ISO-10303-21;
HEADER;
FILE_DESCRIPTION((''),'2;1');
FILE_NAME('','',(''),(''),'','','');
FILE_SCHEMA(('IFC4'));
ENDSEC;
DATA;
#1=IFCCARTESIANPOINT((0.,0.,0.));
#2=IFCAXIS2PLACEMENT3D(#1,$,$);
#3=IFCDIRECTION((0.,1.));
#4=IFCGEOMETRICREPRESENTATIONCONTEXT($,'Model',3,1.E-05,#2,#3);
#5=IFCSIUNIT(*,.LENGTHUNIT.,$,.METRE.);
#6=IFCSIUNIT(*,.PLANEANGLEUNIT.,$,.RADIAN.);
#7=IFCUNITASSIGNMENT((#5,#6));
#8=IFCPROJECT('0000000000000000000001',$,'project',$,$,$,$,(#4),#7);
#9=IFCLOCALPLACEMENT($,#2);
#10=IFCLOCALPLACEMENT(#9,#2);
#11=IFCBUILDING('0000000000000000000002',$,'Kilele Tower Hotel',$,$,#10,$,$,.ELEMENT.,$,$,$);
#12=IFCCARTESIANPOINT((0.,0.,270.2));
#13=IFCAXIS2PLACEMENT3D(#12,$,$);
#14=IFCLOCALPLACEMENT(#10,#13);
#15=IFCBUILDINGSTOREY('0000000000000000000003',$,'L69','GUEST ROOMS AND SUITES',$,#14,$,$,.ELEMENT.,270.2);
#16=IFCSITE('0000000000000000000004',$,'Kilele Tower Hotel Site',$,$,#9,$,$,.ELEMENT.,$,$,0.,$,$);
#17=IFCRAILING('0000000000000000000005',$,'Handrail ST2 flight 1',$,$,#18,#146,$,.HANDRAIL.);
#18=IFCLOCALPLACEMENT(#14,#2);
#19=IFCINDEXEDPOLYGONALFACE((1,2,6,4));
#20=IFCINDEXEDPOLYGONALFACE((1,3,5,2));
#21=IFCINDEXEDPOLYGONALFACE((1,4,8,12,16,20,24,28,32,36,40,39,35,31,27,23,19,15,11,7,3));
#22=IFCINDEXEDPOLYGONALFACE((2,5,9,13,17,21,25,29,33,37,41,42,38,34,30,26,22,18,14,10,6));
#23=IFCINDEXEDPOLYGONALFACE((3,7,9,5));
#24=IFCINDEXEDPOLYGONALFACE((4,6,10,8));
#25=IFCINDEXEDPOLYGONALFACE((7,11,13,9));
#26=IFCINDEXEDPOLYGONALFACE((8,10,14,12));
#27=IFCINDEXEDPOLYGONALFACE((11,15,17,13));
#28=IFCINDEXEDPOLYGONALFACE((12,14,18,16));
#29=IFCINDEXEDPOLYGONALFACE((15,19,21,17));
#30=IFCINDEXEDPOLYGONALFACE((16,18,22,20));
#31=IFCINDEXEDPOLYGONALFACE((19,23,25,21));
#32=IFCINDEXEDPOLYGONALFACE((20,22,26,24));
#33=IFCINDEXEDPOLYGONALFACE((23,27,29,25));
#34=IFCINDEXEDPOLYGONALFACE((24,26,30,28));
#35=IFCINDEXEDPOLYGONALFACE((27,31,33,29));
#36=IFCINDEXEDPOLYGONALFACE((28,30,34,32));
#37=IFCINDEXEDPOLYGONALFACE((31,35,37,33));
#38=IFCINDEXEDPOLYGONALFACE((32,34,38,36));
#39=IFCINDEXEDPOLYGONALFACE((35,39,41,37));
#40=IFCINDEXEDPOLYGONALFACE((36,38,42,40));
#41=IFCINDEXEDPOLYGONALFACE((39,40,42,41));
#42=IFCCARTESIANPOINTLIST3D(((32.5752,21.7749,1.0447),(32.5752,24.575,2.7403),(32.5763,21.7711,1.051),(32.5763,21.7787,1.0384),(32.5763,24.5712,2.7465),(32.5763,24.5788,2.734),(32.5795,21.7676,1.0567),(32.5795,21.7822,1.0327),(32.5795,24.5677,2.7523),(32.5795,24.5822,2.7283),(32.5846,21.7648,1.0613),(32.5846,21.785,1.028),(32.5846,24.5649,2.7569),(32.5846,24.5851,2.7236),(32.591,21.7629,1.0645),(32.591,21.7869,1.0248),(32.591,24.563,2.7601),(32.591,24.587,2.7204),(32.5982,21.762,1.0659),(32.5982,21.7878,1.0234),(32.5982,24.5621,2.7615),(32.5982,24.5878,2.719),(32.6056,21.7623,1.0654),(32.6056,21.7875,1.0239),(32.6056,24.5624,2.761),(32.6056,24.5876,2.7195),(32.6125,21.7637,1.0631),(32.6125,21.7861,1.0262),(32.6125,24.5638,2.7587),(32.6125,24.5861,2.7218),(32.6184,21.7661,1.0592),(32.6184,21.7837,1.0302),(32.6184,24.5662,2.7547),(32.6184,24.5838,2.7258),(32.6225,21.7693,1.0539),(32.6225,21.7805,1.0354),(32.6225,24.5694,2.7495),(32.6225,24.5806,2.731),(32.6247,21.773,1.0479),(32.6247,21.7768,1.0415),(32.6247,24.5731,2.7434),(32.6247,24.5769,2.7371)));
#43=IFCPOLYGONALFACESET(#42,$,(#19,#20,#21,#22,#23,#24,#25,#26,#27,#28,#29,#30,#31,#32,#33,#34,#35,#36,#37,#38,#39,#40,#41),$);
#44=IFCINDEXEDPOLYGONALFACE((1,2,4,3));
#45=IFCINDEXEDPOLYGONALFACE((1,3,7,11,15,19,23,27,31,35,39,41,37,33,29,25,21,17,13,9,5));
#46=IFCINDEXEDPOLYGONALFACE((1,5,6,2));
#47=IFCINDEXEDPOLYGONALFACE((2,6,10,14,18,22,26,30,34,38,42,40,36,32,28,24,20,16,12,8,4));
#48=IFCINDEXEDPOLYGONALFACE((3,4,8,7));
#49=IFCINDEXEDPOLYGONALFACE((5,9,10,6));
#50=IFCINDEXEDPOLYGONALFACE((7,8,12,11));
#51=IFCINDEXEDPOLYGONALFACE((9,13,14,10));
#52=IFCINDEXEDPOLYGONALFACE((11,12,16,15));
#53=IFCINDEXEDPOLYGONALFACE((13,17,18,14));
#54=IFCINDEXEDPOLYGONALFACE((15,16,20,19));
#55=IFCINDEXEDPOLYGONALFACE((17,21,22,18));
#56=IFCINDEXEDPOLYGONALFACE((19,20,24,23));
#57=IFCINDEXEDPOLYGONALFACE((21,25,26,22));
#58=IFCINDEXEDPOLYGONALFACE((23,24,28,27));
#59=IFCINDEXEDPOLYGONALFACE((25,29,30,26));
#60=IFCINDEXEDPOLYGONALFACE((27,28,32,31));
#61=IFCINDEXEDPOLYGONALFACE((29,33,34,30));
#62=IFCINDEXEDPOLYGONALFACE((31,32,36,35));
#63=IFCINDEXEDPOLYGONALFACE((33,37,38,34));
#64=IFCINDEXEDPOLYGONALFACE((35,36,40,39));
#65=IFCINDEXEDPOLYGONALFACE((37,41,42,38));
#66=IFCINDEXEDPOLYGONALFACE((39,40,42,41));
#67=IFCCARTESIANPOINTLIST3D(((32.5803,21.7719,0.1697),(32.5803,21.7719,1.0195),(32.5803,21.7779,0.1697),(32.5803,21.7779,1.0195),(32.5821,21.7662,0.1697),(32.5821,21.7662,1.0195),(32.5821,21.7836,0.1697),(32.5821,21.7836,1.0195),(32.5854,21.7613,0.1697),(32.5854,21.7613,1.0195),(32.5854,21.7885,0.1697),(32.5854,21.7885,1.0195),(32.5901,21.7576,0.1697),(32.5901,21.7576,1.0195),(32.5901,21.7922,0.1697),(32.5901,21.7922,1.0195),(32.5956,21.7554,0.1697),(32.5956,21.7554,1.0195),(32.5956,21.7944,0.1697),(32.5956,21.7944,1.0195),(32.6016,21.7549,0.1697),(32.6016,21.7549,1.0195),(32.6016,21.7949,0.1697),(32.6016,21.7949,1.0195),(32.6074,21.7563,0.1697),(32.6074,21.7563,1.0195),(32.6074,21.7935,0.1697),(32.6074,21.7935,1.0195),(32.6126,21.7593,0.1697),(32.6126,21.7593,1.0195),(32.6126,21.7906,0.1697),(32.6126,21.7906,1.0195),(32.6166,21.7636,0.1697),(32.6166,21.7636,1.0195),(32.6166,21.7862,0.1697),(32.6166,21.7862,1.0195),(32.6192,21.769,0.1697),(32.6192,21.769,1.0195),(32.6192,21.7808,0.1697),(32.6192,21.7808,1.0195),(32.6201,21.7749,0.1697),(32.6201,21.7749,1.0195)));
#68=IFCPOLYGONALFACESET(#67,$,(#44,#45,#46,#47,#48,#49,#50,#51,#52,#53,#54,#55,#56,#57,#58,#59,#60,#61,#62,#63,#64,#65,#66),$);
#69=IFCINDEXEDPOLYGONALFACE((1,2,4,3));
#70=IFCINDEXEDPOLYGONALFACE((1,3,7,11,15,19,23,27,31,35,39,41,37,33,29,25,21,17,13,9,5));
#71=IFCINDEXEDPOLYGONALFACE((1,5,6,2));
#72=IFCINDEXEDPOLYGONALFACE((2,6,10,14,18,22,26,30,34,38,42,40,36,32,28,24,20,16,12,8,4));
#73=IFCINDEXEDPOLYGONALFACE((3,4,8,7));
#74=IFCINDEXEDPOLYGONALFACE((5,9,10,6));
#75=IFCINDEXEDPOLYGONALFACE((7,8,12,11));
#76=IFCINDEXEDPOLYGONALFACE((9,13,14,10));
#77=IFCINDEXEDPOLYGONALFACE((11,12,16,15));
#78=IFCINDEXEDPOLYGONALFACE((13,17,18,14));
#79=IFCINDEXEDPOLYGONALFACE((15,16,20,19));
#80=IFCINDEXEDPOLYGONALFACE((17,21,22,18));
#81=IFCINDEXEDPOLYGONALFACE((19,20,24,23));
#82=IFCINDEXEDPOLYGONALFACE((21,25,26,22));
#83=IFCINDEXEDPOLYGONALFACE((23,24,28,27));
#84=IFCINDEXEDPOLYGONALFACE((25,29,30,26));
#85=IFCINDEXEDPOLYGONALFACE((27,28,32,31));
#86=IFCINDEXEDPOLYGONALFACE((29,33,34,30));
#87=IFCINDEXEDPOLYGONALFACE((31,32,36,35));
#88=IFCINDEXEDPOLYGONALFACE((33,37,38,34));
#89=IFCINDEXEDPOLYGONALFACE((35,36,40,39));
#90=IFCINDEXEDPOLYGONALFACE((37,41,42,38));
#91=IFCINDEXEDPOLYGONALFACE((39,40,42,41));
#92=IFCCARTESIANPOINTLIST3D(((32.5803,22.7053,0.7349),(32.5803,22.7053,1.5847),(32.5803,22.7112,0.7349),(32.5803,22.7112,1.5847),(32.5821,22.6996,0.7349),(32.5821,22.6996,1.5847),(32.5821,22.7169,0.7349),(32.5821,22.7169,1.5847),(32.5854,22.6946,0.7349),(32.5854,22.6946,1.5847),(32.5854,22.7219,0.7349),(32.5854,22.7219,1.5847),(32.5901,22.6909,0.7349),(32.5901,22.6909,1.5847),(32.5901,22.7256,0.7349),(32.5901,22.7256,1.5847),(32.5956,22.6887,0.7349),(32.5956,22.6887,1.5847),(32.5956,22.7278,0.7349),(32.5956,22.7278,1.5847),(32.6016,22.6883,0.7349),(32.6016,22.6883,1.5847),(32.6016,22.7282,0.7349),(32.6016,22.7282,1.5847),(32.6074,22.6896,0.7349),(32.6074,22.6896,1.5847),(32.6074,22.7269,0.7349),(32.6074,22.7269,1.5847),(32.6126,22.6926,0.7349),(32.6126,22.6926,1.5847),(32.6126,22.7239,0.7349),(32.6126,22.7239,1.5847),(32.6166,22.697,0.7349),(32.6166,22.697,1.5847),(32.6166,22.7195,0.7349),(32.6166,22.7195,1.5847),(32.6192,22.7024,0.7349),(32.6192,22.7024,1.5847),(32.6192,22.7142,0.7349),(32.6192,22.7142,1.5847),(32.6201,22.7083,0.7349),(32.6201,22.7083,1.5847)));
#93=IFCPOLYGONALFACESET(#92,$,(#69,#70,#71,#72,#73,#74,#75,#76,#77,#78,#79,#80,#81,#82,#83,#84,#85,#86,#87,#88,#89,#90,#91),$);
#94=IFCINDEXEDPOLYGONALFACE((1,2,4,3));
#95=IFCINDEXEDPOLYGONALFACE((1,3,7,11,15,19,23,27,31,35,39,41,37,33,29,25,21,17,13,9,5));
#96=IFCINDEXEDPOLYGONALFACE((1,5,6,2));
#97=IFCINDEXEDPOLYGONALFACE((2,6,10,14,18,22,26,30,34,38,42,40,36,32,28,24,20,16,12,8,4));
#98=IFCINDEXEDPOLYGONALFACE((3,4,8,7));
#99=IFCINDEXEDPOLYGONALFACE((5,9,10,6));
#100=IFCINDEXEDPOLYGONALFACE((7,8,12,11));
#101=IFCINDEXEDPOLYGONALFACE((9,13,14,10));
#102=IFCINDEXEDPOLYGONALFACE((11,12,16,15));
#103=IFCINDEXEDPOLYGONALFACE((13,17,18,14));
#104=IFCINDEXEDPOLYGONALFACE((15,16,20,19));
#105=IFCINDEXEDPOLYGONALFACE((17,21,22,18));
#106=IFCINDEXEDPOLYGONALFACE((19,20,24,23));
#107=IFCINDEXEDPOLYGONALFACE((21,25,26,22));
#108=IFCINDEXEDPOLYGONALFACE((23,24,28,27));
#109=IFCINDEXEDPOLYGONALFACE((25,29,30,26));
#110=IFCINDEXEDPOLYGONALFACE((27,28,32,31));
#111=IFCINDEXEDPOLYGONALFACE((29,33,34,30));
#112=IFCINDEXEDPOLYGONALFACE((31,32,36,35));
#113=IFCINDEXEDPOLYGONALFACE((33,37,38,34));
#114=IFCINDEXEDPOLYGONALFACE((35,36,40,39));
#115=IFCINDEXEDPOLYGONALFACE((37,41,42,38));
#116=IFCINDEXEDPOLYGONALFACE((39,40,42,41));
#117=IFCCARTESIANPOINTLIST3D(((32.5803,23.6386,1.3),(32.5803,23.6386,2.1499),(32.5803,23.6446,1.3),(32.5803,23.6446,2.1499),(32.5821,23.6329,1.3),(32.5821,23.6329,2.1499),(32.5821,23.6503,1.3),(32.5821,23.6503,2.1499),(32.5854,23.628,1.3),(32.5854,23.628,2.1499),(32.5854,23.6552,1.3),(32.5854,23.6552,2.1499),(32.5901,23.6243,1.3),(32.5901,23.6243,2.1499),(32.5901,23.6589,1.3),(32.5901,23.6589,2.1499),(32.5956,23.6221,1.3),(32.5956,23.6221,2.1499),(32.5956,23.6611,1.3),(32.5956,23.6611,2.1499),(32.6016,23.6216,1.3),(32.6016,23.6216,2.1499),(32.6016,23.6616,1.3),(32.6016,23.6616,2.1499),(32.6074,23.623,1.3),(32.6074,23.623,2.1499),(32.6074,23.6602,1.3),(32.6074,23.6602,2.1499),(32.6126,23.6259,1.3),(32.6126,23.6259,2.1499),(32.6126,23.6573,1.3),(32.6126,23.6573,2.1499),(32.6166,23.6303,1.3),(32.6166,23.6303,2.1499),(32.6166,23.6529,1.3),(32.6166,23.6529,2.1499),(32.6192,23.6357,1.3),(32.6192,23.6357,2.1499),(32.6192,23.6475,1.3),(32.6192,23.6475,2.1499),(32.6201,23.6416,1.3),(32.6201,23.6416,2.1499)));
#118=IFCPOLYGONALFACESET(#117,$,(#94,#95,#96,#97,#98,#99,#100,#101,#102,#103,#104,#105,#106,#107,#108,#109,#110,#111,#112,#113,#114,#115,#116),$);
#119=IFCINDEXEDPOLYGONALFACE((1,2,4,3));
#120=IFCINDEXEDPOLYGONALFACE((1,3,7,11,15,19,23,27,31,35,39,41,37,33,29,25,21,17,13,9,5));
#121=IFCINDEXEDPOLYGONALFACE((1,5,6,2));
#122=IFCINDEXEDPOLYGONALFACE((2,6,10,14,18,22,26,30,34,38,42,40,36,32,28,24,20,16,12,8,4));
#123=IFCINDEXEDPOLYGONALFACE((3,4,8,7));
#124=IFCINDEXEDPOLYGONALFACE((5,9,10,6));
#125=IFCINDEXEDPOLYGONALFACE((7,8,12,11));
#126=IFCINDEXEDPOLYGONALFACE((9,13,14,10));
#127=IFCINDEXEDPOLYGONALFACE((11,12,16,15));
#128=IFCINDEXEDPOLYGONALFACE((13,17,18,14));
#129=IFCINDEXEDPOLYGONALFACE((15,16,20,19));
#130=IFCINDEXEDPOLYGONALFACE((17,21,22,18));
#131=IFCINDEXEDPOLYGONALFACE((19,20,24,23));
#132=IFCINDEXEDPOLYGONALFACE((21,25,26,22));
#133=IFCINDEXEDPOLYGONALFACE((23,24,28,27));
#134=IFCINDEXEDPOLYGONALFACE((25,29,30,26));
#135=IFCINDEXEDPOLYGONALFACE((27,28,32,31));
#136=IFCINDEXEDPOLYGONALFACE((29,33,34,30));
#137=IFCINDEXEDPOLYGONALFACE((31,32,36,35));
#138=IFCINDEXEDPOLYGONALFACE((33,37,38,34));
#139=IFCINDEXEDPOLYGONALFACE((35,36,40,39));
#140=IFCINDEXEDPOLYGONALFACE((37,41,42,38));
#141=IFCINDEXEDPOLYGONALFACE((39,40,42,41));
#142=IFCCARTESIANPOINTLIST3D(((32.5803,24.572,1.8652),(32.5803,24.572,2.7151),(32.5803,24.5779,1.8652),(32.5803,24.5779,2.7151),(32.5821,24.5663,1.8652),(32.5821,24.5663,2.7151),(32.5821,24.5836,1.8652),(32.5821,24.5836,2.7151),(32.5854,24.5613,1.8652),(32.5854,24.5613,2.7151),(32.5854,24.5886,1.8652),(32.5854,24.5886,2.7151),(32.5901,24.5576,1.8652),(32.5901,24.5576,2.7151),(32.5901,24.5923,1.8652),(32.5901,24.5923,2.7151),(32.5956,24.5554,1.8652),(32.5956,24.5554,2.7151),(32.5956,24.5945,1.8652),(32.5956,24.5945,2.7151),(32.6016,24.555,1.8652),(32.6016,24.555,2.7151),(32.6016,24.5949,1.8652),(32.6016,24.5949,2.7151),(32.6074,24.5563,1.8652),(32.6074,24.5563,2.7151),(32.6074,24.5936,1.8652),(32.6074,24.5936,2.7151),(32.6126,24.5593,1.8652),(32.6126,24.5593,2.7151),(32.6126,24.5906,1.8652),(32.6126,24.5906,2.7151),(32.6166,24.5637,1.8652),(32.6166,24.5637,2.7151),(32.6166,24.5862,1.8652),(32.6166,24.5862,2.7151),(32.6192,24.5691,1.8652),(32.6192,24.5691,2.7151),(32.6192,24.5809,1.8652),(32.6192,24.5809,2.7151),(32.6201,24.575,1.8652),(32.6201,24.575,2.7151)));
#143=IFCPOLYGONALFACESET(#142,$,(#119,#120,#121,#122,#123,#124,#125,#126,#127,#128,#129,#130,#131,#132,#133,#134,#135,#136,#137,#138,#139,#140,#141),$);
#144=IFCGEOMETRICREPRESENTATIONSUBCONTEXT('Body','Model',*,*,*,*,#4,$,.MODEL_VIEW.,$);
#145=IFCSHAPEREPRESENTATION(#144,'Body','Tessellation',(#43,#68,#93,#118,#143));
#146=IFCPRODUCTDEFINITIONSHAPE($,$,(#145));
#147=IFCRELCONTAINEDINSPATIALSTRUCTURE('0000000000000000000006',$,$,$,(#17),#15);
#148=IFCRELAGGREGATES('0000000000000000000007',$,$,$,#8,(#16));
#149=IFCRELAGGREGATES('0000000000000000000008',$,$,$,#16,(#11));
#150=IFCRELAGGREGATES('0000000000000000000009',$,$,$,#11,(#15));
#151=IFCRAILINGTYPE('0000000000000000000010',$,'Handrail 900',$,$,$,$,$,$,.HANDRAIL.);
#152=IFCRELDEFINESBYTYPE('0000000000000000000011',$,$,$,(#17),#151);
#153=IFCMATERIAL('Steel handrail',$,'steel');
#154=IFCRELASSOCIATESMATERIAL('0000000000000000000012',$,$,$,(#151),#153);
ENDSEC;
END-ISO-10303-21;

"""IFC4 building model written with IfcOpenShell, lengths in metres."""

from ifc_helpers import new_model, si_unit, direction, frame, origin, origin_2d, place, context, subcontext, project, spatial, circle, extrude, material, type_object, element, save


model = new_model("IFC4")

# Units and contexts
model_context = context("Model", 3, precision=1e-05, world=origin(), true_north=direction((0.0, 1.0)))
body_context = subcontext(model_context, "Body", "Model", "MODEL_VIEW")
ifc_project = project(units=[si_unit("LENGTHUNIT", "METRE"), si_unit("PLANEANGLEUNIT", "RADIAN")], contexts=[model_context])

# Site, building, storey
site_placement = place(None, origin())
site = spatial("IfcSite", under=ifc_project, at=site_placement, Name="Kilele Tower Hotel Site", CompositionType="ELEMENT", RefElevation=0.0)
building_placement = place(site_placement, origin())
building = spatial("IfcBuilding", under=site, at=building_placement, Name="Kilele Tower Hotel", CompositionType="ELEMENT")
storey_placement = place(building_placement, frame((0.0, 0.0, 270.2)))
storey = spatial("IfcBuildingStorey", under=building, at=storey_placement, Name="L69", Description="GUEST ROOMS AND SUITES", CompositionType="ELEMENT", Elevation=270.2)

# Railing
ifc_material_1 = material(Name="Steel handrail", Category="steel")
railing_type_1 = type_object("IfcRailingType", Name="Handrail 900", PredefinedType="HANDRAIL", material=ifc_material_1)
for number, where, name in (
    (1, (32.6001, 21.7749, 0.1697), "Handrail ST2 flight 1"),
):
    element("IfcRailing", number, at=place(storey_placement, frame(where)), inside=storey, type_object=railing_type_1, Name=name, PredefinedType="HANDRAIL", context=body_context, shape_type="SweptSolid", body=[
        extrude(circle(Radius=0.0249, at=origin_2d()), frame((0.0, 0.0, 0.875), z_axis=(0.0, 0.855393, 0.517979), x_axis=(-1.0, 0.0, 0.0)), (0.0, 0.0, 1.0), 3.2734),
        extrude(circle(Radius=0.02, at=origin_2d()), origin(), (0.0, 0.0, 1.0), 0.8499),
        extrude(circle(Radius=0.02, at=origin_2d()), frame((0.0, 0.9333, 0.5652)), (0.0, 0.0, 1.0), 0.8499),
        extrude(circle(Radius=0.02, at=origin_2d()), frame((0.0, 1.8667, 1.1304)), (0.0, 0.0, 1.0), 0.8499),
        extrude(circle(Radius=0.02, at=origin_2d()), frame((0.0, 2.8, 1.6956)), (0.0, 0.0, 1.0), 0.8499),
    ])

save(model, "model.ifc")
